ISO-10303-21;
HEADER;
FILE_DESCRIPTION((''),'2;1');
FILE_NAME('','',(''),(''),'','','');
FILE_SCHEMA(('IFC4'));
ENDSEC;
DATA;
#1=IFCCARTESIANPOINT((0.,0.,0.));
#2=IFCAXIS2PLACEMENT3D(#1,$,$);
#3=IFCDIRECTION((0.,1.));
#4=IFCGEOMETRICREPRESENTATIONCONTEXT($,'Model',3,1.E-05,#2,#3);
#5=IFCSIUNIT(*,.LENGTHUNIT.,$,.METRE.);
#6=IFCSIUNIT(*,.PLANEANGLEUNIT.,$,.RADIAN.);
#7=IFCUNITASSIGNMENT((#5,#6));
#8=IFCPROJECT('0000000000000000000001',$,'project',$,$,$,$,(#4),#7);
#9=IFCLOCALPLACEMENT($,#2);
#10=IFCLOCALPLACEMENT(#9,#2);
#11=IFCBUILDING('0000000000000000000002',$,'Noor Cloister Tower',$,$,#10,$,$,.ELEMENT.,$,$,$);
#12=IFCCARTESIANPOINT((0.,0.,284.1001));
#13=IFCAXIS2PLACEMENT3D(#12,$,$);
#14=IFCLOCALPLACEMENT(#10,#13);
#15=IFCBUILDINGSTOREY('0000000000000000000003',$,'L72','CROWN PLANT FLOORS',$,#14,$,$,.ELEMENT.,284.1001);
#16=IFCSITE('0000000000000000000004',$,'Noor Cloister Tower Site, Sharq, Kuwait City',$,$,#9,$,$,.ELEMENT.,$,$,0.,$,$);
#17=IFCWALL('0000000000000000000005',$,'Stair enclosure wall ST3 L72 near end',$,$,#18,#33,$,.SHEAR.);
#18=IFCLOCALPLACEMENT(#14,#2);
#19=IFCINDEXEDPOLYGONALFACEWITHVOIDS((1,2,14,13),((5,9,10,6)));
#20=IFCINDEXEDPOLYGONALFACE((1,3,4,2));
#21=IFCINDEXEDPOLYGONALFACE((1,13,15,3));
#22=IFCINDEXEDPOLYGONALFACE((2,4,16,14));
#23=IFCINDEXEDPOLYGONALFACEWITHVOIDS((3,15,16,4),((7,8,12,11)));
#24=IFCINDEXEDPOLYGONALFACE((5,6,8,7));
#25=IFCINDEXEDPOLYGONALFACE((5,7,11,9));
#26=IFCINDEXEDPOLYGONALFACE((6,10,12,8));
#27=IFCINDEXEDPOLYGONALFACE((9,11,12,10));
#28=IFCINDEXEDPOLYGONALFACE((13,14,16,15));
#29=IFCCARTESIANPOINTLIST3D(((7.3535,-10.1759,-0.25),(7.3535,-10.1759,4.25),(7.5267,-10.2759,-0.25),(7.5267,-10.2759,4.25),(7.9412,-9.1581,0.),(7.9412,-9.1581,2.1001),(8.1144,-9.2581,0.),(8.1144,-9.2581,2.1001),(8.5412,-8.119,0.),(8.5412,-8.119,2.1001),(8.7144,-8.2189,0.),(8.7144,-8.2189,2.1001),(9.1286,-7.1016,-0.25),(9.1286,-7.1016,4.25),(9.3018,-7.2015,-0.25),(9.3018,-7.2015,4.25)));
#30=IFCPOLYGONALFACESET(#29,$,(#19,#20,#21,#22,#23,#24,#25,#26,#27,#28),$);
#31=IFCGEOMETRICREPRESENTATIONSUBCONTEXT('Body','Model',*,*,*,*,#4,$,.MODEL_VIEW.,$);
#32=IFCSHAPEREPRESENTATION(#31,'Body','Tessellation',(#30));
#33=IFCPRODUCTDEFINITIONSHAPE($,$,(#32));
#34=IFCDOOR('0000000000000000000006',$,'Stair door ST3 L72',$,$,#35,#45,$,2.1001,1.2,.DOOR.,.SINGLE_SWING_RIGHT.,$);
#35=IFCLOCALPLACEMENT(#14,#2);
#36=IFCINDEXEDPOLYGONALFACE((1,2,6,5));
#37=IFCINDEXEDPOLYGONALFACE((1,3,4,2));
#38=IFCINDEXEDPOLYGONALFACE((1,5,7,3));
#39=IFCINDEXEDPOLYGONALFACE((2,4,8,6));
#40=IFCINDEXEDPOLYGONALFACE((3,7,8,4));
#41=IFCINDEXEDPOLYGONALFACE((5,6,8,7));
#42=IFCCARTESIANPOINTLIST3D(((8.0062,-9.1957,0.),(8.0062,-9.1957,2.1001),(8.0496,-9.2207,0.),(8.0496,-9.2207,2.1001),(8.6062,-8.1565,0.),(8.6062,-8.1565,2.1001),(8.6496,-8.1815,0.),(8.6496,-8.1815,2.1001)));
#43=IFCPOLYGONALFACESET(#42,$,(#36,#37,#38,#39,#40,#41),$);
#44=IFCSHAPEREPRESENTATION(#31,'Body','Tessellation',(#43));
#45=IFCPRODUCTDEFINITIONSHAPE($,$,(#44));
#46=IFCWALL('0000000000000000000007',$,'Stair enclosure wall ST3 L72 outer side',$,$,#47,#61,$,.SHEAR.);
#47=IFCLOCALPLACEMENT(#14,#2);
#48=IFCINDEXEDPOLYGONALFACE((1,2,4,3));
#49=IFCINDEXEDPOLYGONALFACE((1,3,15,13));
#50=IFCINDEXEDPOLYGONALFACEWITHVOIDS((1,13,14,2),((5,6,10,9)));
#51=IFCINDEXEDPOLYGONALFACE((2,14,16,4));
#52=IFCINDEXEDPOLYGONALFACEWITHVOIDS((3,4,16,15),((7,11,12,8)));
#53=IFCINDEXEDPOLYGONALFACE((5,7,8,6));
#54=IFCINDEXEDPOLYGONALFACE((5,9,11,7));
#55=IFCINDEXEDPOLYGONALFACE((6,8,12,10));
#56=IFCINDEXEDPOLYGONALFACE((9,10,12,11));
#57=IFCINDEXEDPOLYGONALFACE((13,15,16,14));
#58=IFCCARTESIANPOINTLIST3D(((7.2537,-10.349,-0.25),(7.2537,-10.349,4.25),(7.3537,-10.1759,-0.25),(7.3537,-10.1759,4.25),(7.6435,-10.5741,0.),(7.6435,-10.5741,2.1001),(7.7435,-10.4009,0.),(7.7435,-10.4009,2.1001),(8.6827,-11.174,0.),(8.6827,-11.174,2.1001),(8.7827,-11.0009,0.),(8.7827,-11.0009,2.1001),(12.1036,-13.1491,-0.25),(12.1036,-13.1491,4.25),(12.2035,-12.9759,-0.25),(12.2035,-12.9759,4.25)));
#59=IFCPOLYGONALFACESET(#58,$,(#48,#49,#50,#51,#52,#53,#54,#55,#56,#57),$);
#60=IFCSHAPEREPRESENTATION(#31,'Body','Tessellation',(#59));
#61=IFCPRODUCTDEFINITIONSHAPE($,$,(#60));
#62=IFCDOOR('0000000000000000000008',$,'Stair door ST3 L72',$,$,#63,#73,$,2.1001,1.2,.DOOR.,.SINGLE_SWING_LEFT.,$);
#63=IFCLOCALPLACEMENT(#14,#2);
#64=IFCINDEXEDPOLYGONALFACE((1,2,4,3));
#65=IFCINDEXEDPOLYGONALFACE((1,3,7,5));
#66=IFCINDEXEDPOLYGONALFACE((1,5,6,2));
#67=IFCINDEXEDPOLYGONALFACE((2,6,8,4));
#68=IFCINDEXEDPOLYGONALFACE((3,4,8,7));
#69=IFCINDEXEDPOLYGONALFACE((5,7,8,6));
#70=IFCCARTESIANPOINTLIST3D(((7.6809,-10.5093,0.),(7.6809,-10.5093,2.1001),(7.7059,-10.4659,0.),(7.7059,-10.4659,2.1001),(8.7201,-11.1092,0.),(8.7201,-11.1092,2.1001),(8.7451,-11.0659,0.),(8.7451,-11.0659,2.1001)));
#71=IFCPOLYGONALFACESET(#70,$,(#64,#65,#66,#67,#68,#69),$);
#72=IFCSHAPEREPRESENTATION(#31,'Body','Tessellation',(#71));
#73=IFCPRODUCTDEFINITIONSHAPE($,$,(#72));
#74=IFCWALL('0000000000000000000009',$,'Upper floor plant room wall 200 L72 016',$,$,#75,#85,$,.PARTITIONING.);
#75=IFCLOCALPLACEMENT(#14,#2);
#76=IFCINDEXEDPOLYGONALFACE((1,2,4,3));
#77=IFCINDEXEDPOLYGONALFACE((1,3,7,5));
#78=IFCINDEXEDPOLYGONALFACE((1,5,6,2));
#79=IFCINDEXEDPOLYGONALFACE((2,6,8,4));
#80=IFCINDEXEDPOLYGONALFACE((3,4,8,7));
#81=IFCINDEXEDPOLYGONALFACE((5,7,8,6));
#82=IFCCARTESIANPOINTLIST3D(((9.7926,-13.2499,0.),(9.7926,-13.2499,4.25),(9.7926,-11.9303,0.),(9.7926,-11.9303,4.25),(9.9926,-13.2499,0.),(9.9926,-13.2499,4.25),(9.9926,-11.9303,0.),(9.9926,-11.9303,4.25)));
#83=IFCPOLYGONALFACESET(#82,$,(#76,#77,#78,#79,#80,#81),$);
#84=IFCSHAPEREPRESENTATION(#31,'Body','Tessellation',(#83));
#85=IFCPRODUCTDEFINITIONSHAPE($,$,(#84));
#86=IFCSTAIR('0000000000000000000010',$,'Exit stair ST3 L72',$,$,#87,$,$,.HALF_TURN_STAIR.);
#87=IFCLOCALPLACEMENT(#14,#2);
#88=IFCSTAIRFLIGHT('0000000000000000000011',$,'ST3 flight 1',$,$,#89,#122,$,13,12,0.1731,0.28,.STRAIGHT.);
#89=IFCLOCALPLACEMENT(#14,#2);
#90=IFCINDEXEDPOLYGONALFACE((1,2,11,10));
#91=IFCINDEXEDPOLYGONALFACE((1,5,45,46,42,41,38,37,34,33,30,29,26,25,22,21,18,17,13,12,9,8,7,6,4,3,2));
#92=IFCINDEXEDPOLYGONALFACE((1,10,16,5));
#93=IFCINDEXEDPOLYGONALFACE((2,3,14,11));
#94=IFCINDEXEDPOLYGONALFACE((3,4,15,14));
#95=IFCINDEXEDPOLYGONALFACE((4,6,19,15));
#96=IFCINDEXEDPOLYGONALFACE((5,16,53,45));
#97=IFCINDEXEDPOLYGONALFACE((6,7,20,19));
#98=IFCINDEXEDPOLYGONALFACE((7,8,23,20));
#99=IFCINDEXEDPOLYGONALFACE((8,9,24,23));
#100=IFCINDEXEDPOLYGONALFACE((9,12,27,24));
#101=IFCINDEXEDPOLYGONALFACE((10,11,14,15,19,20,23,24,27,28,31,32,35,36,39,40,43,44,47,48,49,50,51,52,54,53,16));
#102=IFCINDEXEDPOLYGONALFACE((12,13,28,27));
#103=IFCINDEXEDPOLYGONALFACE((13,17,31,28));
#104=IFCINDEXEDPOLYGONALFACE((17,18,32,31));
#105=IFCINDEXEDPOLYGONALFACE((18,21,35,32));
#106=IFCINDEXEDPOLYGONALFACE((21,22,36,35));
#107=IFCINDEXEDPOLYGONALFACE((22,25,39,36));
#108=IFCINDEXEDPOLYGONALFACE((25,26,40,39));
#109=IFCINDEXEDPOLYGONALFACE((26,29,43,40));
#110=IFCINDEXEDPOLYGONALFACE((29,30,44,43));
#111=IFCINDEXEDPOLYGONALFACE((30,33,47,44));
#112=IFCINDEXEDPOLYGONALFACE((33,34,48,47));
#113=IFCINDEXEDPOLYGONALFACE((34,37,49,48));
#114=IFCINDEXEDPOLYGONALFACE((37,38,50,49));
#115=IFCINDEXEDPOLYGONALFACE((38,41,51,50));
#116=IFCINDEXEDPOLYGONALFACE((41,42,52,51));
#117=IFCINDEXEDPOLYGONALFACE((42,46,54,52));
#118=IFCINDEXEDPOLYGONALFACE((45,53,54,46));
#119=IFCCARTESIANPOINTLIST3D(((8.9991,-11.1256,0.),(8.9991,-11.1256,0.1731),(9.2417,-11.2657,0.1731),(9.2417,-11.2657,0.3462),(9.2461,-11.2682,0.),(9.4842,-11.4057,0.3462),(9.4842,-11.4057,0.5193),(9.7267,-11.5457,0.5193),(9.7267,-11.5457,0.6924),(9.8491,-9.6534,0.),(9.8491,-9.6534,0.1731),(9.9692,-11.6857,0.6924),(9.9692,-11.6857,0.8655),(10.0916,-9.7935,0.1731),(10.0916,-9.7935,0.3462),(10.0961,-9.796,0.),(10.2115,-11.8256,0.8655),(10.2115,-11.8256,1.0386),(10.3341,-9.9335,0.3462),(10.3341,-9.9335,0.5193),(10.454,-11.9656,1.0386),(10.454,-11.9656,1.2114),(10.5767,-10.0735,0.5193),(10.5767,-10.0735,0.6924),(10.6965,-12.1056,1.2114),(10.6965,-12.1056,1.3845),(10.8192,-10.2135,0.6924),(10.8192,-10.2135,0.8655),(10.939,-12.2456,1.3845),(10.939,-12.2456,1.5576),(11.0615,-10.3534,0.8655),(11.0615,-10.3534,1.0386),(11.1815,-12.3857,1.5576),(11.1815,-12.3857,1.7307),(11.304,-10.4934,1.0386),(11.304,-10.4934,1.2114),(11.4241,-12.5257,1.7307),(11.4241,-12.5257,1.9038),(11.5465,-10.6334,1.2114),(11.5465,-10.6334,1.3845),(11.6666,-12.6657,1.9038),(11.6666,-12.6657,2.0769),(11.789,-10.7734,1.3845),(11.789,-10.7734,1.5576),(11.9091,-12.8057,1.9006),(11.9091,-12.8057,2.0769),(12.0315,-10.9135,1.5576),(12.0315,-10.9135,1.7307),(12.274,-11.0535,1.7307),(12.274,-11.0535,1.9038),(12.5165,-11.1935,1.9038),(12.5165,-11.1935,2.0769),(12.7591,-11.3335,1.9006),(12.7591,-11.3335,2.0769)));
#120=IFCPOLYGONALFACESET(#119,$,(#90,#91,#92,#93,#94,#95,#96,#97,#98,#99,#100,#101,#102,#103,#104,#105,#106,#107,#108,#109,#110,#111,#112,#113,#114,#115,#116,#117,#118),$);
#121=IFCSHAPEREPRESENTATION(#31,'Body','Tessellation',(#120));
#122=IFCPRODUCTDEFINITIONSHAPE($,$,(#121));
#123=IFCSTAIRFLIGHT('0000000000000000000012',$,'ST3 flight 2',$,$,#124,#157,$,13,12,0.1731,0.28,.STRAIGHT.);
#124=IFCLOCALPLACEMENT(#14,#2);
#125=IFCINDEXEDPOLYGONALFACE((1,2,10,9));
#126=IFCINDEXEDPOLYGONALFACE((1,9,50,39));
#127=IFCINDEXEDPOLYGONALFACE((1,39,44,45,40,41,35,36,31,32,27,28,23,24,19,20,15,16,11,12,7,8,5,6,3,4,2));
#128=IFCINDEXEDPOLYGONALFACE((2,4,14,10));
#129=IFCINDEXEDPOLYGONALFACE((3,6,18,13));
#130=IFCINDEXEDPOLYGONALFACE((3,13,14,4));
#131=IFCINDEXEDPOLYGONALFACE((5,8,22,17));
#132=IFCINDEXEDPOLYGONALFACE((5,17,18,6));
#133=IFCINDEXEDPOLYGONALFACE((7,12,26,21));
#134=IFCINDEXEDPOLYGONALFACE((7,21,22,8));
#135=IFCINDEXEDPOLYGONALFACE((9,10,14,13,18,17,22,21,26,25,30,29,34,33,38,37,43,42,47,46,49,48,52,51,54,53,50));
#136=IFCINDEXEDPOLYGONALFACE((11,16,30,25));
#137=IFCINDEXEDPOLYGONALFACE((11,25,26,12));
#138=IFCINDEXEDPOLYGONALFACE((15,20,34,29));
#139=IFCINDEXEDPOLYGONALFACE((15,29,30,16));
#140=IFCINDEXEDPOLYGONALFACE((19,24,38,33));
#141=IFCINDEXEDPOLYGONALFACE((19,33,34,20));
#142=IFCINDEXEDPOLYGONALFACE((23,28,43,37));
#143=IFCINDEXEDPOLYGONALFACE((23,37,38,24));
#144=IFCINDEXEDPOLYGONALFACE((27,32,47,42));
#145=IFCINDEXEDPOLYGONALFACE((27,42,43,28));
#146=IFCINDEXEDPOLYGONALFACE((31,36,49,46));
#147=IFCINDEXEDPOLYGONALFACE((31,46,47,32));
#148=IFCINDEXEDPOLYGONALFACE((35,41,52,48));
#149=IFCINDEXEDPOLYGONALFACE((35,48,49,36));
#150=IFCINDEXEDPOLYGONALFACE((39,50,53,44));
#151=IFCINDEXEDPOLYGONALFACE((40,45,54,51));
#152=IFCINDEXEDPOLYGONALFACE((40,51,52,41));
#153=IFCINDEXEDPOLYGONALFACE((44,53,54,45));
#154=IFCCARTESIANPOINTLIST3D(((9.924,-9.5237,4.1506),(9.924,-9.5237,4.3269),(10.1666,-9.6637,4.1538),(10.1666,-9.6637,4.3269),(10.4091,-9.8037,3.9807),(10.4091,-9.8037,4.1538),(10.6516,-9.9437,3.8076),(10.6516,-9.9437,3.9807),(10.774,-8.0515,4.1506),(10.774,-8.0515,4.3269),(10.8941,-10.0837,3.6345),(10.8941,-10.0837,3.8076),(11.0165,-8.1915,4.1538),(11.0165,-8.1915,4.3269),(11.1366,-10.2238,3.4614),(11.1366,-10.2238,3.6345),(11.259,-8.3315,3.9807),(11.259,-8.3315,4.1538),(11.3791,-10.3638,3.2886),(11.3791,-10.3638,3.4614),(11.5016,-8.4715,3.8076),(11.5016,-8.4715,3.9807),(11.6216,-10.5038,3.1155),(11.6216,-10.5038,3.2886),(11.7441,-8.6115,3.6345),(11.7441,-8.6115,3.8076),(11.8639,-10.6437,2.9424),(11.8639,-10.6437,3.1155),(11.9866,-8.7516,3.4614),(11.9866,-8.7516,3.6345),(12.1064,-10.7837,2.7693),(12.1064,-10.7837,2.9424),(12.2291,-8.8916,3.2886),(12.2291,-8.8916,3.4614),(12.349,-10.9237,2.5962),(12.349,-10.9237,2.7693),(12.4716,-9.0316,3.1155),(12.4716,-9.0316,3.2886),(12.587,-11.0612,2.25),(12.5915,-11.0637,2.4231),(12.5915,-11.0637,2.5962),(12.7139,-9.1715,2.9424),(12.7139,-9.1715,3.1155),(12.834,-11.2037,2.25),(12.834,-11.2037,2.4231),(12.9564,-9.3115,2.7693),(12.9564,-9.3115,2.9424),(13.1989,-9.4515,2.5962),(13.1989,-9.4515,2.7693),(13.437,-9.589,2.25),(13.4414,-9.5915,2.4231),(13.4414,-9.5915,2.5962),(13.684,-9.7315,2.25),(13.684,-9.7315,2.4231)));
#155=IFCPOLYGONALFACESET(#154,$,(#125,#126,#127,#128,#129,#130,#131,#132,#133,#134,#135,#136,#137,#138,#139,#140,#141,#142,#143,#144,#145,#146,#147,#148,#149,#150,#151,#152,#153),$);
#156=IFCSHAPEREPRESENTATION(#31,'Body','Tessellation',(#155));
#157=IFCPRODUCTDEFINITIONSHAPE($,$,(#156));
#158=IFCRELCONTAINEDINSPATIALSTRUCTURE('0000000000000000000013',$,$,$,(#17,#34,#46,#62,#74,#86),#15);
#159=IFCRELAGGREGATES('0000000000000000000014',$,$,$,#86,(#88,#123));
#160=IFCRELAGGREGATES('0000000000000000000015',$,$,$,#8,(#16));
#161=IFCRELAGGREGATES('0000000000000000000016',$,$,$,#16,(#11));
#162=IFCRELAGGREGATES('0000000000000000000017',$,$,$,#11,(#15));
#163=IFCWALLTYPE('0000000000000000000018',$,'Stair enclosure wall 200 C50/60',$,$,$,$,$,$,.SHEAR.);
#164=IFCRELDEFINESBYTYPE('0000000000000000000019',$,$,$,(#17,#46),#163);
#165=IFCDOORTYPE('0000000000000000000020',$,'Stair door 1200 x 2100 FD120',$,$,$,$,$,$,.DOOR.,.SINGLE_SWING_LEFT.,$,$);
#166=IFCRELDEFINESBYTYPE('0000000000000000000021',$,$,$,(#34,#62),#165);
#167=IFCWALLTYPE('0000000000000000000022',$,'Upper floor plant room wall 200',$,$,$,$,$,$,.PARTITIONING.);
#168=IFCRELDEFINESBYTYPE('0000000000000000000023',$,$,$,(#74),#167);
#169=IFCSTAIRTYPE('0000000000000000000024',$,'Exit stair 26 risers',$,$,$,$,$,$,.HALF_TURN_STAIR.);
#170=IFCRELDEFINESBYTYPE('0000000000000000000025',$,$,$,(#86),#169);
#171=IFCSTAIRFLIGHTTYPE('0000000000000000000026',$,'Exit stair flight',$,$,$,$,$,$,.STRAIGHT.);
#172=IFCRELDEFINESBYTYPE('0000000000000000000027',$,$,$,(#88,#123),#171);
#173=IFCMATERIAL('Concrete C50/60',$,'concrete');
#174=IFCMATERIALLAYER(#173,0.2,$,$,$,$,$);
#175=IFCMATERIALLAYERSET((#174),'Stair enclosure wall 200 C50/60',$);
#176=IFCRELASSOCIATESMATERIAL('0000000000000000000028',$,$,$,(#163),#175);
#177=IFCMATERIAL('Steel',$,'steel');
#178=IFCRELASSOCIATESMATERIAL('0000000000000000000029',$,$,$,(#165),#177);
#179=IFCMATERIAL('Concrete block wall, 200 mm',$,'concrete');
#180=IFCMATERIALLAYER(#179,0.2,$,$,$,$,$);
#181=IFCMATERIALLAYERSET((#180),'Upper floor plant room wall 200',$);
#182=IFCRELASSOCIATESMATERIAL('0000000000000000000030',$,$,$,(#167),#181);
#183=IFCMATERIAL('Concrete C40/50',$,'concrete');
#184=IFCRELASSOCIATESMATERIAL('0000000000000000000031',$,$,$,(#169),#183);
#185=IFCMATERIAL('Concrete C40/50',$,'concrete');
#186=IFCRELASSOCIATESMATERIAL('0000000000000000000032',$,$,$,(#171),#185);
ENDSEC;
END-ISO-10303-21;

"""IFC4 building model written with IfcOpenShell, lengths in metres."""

from ifc_helpers import new_model, si_unit, direction, frame, frame_2d, origin, place, context, subcontext, project, spatial, polyline, rectangle, outline, extrude, material, layer, layer_set, type_object, element, fill, aggregate, save


model = new_model("IFC4")

# Units and contexts
model_context = context("Model", 3, precision=1e-05, world=origin(), true_north=direction((0.0, 1.0)))
body_context = subcontext(model_context, "Body", "Model", "MODEL_VIEW")
ifc_project = project(units=[si_unit("LENGTHUNIT", "METRE"), si_unit("PLANEANGLEUNIT", "RADIAN")], contexts=[model_context])

# Site, building, storey
site_placement = place(None, origin())
site = spatial("IfcSite", under=ifc_project, at=site_placement, Name="Noor Cloister Tower Site, Sharq, Kuwait City", CompositionType="ELEMENT", RefElevation=0.0)
building_placement = place(site_placement, origin())
building = spatial("IfcBuilding", under=site, at=building_placement, Name="Noor Cloister Tower", CompositionType="ELEMENT")
storey_placement = place(building_placement, frame((0.0, 0.0, 284.1001)))
storey = spatial("IfcBuildingStorey", under=building, at=storey_placement, Name="L72", Description="CROWN PLANT FLOORS", CompositionType="ELEMENT", Elevation=284.1001)

# Walls, openings, doors
ifc_material_1 = material(Name="Concrete C50/60", Category="concrete")
ifc_layer_1 = layer(ifc_material_1, 0.2)
ifc_layer_set_1 = layer_set([ifc_layer_1], Name="Stair enclosure wall 200 C50/60")
wall_type_1 = type_object("IfcWallType", Name="Stair enclosure wall 200 C50/60", PredefinedType="SHEAR", material=ifc_layer_set_1)
wall_1_placement = place(storey_placement, frame((7.4402, -10.2258, -0.25), z_axis=(0.0, 0.0, 1.0), x_axis=(0.500022, 0.866013, 0.0)))
wall_1 = element("IfcWall", 1, at=wall_1_placement, inside=storey, type_object=wall_type_1, Name="Stair enclosure wall ST3 L72 near end", PredefinedType="SHEAR", context=body_context, shape_type="SweptSolid", body=[
    extrude(rectangle(XDim=3.55, YDim=0.2, at=frame_2d((1.7749, 0.0))), origin(), (0.0, 0.0, 1.0), 4.5),
])
opening_1_placement = place(wall_1_placement, frame((1.175, 0.0, 0.25)))
opening_1 = element("IfcOpeningElement", 2, at=opening_1_placement, cuts=wall_1, PredefinedType="OPENING", context=body_context, shape_type="SweptSolid", body=[
    extrude(rectangle(XDim=1.2, YDim=2.1001, at=frame_2d((0.6001, 1.05))), frame((0.0, 0.1099, 0.0), z_axis=(0.0, -1.0, 0.0), x_axis=(1.0, 0.0, 0.0)), (0.0, 0.0, 1.0), 0.22),
])
ifc_material_2 = material(Name="Steel", Category="steel")
door_type = type_object("IfcDoorType", Name="Stair door 1200 x 2100 FD120", OperationType="SINGLE_SWING_LEFT", PredefinedType="DOOR", material=ifc_material_2)
door_1_placement = place(opening_1_placement, origin())
door_1 = element("IfcDoor", 3, at=door_1_placement, inside=storey, type_object=door_type, Name="Stair door ST3 L72", OperationType="SINGLE_SWING_RIGHT", OverallHeight=2.1001, OverallWidth=1.2, PredefinedType="DOOR", context=body_context, shape_type="SweptSolid", body=[
    extrude(rectangle(XDim=1.2, YDim=2.1001, at=frame_2d((0.6001, 1.05))), frame((0.0, 0.0249, 0.0), z_axis=(0.0, -1.0, 0.0), x_axis=(1.0, 0.0, 0.0)), (0.0, 0.0, 1.0), 0.05),
])
fill(opening_1, door_1)
wall_2_placement = place(storey_placement, frame((7.3037, -10.2625, -0.25), z_axis=(0.0, 0.0, 1.0), x_axis=(0.866027, -0.499998, 0.0)))
wall_2 = element("IfcWall", 4, at=wall_2_placement, inside=storey, type_object=wall_type_1, Name="Stair enclosure wall ST3 L72 outer side", PredefinedType="SHEAR", context=body_context, shape_type="SweptSolid", body=[
    extrude(rectangle(XDim=5.6001, YDim=0.2, at=frame_2d((2.8, 0.0))), origin(), (0.0, 0.0, 1.0), 4.5),
])
opening_2_placement = place(wall_2_placement, frame((0.45, 0.0, 0.25)))
opening_2 = element("IfcOpeningElement", 5, at=opening_2_placement, cuts=wall_2, PredefinedType="OPENING", context=body_context, shape_type="SweptSolid", body=[
    extrude(rectangle(XDim=1.2, YDim=2.1001, at=frame_2d((0.6001, 1.05))), frame((0.0, 0.1099, 0.0), z_axis=(0.0, -1.0, 0.0), x_axis=(1.0, 0.0, 0.0)), (0.0, 0.0, 1.0), 0.22),
])
door_2_placement = place(opening_2_placement, origin())
door_2 = element("IfcDoor", 6, at=door_2_placement, inside=storey, type_object=door_type, Name="Stair door ST3 L72", OperationType="SINGLE_SWING_LEFT", OverallHeight=2.1001, OverallWidth=1.2, PredefinedType="DOOR", context=body_context, shape_type="SweptSolid", body=[
    extrude(rectangle(XDim=1.2, YDim=2.1001, at=frame_2d((0.6001, 1.05))), frame((0.0, 0.0249, 0.0), z_axis=(0.0, -1.0, 0.0), x_axis=(1.0, 0.0, 0.0)), (0.0, 0.0, 1.0), 0.05),
])
fill(opening_2, door_2)

# Wall
ifc_material_3 = material(Name="Concrete block wall, 200 mm", Category="concrete")
ifc_layer_2 = layer(ifc_material_3, 0.2)
ifc_layer_set_2 = layer_set([ifc_layer_2], Name="Upper floor plant room wall 200")
wall_type_2 = type_object("IfcWallType", Name="Upper floor plant room wall 200", PredefinedType="PARTITIONING", material=ifc_layer_set_2)
wall_3_placement = place(storey_placement, frame((9.8926, -13.2498, 0.0), z_axis=(0.0, 0.0, 1.0), x_axis=(0.0, 1.0, 0.0)))
element("IfcWall", 7, at=wall_3_placement, inside=storey, type_object=wall_type_2, Name="Upper floor plant room wall 200 L72 016", PredefinedType="PARTITIONING", context=body_context, shape_type="SweptSolid", body=[
    extrude(rectangle(XDim=1.3196, YDim=0.2, at=frame_2d((0.6597, 0.0))), origin(), (0.0, 0.0, 1.0), 4.25),
])

# Stair, stair flights
ifc_material_4 = material(Name="Concrete C40/50", Category="concrete")
stair_type = type_object("IfcStairType", Name="Exit stair 26 risers", PredefinedType="HALF_TURN_STAIR", material=ifc_material_4)
stair_placement = place(storey_placement, origin())
stair = element("IfcStair", 8, at=stair_placement, inside=storey, type_object=stair_type, Name="Exit stair ST3 L72", PredefinedType="HALF_TURN_STAIR")
ifc_material_5 = material(Name="Concrete C40/50", Category="concrete")
stair_flight_type = type_object("IfcStairFlightType", Name="Exit stair flight", PredefinedType="STRAIGHT", material=ifc_material_5)
stair_flight_1_placement = place(storey_placement, frame((9.4241, -10.3896, 0.0), z_axis=(0.0, 0.0, 1.0), x_axis=(0.866025, -0.5, 0.0)))
stair_flight_1 = element("IfcStairFlight", 9, at=stair_flight_1_placement, type_object=stair_flight_type, Name="ST3 flight 1", NumberOfRisers=13, NumberOfTreads=12, PredefinedType="STRAIGHT", RiserHeight=0.1731, TreadLength=0.28, context=body_context, shape_type="SweptSolid", body=[
    extrude(outline(polyline([(0.0, 0.0), (0.0, 0.1731), (0.28, 0.1731), (0.28, 0.3462), (0.5601, 0.3462), (0.5601, 0.5193), (0.8401, 0.5193), (0.8401, 0.6924), (1.1201, 0.6924), (1.1201, 0.8655), (1.3999, 0.8655), (1.3999, 1.0386), (1.6799, 1.0386), (1.6799, 1.2114), (1.96, 1.2114), (1.96, 1.3845), (2.24, 1.3845), (2.24, 1.5576), (2.52, 1.5576), (2.52, 1.7307), (2.8, 1.7307), (2.8, 1.9038), (3.0801, 1.9038), (3.0801, 2.0769), (3.3601, 2.0769), (3.3601, 2.25), (3.3601, 1.9006), (0.2852, 0.0), (0.0, 0.0)])), frame((0.0, 0.8501, 0.0), z_axis=(0.0, -1.0, 0.0), x_axis=(1.0, 0.0, 0.0)), (0.0, 0.0, 1.0), 1.7),
])
stair_flight_2_placement = place(storey_placement, frame((13.259, -10.4675, 2.25), z_axis=(0.0, 0.0, 1.0), x_axis=(-0.866025, 0.5, 0.0)))
stair_flight_2 = element("IfcStairFlight", 10, at=stair_flight_2_placement, type_object=stair_flight_type, Name="ST3 flight 2", NumberOfRisers=13, NumberOfTreads=12, PredefinedType="STRAIGHT", RiserHeight=0.1731, TreadLength=0.28, context=body_context, shape_type="SweptSolid", body=[
    extrude(outline(polyline([(0.0, 0.0), (0.0, 0.1731), (0.28, 0.1731), (0.28, 0.3462), (0.5601, 0.3462), (0.5601, 0.5193), (0.8401, 0.5193), (0.8401, 0.6924), (1.1201, 0.6924), (1.1201, 0.8655), (1.3999, 0.8655), (1.3999, 1.0386), (1.6799, 1.0386), (1.6799, 1.2114), (1.96, 1.2114), (1.96, 1.3845), (2.24, 1.3845), (2.24, 1.5576), (2.52, 1.5576), (2.52, 1.7307), (2.8, 1.7307), (2.8, 1.9038), (3.0801, 1.9038), (3.0801, 2.0769), (3.3601, 2.0769), (3.3601, 2.25), (3.3601, 1.9006), (0.2852, 0.0), (0.0, 0.0)])), frame((0.0, 0.8501, 0.0), z_axis=(0.0, -1.0, 0.0), x_axis=(1.0, 0.0, 0.0)), (0.0, 0.0, 1.0), 1.7),
])
aggregate(stair, [stair_flight_1, stair_flight_2])

save(model, "model.ifc")
